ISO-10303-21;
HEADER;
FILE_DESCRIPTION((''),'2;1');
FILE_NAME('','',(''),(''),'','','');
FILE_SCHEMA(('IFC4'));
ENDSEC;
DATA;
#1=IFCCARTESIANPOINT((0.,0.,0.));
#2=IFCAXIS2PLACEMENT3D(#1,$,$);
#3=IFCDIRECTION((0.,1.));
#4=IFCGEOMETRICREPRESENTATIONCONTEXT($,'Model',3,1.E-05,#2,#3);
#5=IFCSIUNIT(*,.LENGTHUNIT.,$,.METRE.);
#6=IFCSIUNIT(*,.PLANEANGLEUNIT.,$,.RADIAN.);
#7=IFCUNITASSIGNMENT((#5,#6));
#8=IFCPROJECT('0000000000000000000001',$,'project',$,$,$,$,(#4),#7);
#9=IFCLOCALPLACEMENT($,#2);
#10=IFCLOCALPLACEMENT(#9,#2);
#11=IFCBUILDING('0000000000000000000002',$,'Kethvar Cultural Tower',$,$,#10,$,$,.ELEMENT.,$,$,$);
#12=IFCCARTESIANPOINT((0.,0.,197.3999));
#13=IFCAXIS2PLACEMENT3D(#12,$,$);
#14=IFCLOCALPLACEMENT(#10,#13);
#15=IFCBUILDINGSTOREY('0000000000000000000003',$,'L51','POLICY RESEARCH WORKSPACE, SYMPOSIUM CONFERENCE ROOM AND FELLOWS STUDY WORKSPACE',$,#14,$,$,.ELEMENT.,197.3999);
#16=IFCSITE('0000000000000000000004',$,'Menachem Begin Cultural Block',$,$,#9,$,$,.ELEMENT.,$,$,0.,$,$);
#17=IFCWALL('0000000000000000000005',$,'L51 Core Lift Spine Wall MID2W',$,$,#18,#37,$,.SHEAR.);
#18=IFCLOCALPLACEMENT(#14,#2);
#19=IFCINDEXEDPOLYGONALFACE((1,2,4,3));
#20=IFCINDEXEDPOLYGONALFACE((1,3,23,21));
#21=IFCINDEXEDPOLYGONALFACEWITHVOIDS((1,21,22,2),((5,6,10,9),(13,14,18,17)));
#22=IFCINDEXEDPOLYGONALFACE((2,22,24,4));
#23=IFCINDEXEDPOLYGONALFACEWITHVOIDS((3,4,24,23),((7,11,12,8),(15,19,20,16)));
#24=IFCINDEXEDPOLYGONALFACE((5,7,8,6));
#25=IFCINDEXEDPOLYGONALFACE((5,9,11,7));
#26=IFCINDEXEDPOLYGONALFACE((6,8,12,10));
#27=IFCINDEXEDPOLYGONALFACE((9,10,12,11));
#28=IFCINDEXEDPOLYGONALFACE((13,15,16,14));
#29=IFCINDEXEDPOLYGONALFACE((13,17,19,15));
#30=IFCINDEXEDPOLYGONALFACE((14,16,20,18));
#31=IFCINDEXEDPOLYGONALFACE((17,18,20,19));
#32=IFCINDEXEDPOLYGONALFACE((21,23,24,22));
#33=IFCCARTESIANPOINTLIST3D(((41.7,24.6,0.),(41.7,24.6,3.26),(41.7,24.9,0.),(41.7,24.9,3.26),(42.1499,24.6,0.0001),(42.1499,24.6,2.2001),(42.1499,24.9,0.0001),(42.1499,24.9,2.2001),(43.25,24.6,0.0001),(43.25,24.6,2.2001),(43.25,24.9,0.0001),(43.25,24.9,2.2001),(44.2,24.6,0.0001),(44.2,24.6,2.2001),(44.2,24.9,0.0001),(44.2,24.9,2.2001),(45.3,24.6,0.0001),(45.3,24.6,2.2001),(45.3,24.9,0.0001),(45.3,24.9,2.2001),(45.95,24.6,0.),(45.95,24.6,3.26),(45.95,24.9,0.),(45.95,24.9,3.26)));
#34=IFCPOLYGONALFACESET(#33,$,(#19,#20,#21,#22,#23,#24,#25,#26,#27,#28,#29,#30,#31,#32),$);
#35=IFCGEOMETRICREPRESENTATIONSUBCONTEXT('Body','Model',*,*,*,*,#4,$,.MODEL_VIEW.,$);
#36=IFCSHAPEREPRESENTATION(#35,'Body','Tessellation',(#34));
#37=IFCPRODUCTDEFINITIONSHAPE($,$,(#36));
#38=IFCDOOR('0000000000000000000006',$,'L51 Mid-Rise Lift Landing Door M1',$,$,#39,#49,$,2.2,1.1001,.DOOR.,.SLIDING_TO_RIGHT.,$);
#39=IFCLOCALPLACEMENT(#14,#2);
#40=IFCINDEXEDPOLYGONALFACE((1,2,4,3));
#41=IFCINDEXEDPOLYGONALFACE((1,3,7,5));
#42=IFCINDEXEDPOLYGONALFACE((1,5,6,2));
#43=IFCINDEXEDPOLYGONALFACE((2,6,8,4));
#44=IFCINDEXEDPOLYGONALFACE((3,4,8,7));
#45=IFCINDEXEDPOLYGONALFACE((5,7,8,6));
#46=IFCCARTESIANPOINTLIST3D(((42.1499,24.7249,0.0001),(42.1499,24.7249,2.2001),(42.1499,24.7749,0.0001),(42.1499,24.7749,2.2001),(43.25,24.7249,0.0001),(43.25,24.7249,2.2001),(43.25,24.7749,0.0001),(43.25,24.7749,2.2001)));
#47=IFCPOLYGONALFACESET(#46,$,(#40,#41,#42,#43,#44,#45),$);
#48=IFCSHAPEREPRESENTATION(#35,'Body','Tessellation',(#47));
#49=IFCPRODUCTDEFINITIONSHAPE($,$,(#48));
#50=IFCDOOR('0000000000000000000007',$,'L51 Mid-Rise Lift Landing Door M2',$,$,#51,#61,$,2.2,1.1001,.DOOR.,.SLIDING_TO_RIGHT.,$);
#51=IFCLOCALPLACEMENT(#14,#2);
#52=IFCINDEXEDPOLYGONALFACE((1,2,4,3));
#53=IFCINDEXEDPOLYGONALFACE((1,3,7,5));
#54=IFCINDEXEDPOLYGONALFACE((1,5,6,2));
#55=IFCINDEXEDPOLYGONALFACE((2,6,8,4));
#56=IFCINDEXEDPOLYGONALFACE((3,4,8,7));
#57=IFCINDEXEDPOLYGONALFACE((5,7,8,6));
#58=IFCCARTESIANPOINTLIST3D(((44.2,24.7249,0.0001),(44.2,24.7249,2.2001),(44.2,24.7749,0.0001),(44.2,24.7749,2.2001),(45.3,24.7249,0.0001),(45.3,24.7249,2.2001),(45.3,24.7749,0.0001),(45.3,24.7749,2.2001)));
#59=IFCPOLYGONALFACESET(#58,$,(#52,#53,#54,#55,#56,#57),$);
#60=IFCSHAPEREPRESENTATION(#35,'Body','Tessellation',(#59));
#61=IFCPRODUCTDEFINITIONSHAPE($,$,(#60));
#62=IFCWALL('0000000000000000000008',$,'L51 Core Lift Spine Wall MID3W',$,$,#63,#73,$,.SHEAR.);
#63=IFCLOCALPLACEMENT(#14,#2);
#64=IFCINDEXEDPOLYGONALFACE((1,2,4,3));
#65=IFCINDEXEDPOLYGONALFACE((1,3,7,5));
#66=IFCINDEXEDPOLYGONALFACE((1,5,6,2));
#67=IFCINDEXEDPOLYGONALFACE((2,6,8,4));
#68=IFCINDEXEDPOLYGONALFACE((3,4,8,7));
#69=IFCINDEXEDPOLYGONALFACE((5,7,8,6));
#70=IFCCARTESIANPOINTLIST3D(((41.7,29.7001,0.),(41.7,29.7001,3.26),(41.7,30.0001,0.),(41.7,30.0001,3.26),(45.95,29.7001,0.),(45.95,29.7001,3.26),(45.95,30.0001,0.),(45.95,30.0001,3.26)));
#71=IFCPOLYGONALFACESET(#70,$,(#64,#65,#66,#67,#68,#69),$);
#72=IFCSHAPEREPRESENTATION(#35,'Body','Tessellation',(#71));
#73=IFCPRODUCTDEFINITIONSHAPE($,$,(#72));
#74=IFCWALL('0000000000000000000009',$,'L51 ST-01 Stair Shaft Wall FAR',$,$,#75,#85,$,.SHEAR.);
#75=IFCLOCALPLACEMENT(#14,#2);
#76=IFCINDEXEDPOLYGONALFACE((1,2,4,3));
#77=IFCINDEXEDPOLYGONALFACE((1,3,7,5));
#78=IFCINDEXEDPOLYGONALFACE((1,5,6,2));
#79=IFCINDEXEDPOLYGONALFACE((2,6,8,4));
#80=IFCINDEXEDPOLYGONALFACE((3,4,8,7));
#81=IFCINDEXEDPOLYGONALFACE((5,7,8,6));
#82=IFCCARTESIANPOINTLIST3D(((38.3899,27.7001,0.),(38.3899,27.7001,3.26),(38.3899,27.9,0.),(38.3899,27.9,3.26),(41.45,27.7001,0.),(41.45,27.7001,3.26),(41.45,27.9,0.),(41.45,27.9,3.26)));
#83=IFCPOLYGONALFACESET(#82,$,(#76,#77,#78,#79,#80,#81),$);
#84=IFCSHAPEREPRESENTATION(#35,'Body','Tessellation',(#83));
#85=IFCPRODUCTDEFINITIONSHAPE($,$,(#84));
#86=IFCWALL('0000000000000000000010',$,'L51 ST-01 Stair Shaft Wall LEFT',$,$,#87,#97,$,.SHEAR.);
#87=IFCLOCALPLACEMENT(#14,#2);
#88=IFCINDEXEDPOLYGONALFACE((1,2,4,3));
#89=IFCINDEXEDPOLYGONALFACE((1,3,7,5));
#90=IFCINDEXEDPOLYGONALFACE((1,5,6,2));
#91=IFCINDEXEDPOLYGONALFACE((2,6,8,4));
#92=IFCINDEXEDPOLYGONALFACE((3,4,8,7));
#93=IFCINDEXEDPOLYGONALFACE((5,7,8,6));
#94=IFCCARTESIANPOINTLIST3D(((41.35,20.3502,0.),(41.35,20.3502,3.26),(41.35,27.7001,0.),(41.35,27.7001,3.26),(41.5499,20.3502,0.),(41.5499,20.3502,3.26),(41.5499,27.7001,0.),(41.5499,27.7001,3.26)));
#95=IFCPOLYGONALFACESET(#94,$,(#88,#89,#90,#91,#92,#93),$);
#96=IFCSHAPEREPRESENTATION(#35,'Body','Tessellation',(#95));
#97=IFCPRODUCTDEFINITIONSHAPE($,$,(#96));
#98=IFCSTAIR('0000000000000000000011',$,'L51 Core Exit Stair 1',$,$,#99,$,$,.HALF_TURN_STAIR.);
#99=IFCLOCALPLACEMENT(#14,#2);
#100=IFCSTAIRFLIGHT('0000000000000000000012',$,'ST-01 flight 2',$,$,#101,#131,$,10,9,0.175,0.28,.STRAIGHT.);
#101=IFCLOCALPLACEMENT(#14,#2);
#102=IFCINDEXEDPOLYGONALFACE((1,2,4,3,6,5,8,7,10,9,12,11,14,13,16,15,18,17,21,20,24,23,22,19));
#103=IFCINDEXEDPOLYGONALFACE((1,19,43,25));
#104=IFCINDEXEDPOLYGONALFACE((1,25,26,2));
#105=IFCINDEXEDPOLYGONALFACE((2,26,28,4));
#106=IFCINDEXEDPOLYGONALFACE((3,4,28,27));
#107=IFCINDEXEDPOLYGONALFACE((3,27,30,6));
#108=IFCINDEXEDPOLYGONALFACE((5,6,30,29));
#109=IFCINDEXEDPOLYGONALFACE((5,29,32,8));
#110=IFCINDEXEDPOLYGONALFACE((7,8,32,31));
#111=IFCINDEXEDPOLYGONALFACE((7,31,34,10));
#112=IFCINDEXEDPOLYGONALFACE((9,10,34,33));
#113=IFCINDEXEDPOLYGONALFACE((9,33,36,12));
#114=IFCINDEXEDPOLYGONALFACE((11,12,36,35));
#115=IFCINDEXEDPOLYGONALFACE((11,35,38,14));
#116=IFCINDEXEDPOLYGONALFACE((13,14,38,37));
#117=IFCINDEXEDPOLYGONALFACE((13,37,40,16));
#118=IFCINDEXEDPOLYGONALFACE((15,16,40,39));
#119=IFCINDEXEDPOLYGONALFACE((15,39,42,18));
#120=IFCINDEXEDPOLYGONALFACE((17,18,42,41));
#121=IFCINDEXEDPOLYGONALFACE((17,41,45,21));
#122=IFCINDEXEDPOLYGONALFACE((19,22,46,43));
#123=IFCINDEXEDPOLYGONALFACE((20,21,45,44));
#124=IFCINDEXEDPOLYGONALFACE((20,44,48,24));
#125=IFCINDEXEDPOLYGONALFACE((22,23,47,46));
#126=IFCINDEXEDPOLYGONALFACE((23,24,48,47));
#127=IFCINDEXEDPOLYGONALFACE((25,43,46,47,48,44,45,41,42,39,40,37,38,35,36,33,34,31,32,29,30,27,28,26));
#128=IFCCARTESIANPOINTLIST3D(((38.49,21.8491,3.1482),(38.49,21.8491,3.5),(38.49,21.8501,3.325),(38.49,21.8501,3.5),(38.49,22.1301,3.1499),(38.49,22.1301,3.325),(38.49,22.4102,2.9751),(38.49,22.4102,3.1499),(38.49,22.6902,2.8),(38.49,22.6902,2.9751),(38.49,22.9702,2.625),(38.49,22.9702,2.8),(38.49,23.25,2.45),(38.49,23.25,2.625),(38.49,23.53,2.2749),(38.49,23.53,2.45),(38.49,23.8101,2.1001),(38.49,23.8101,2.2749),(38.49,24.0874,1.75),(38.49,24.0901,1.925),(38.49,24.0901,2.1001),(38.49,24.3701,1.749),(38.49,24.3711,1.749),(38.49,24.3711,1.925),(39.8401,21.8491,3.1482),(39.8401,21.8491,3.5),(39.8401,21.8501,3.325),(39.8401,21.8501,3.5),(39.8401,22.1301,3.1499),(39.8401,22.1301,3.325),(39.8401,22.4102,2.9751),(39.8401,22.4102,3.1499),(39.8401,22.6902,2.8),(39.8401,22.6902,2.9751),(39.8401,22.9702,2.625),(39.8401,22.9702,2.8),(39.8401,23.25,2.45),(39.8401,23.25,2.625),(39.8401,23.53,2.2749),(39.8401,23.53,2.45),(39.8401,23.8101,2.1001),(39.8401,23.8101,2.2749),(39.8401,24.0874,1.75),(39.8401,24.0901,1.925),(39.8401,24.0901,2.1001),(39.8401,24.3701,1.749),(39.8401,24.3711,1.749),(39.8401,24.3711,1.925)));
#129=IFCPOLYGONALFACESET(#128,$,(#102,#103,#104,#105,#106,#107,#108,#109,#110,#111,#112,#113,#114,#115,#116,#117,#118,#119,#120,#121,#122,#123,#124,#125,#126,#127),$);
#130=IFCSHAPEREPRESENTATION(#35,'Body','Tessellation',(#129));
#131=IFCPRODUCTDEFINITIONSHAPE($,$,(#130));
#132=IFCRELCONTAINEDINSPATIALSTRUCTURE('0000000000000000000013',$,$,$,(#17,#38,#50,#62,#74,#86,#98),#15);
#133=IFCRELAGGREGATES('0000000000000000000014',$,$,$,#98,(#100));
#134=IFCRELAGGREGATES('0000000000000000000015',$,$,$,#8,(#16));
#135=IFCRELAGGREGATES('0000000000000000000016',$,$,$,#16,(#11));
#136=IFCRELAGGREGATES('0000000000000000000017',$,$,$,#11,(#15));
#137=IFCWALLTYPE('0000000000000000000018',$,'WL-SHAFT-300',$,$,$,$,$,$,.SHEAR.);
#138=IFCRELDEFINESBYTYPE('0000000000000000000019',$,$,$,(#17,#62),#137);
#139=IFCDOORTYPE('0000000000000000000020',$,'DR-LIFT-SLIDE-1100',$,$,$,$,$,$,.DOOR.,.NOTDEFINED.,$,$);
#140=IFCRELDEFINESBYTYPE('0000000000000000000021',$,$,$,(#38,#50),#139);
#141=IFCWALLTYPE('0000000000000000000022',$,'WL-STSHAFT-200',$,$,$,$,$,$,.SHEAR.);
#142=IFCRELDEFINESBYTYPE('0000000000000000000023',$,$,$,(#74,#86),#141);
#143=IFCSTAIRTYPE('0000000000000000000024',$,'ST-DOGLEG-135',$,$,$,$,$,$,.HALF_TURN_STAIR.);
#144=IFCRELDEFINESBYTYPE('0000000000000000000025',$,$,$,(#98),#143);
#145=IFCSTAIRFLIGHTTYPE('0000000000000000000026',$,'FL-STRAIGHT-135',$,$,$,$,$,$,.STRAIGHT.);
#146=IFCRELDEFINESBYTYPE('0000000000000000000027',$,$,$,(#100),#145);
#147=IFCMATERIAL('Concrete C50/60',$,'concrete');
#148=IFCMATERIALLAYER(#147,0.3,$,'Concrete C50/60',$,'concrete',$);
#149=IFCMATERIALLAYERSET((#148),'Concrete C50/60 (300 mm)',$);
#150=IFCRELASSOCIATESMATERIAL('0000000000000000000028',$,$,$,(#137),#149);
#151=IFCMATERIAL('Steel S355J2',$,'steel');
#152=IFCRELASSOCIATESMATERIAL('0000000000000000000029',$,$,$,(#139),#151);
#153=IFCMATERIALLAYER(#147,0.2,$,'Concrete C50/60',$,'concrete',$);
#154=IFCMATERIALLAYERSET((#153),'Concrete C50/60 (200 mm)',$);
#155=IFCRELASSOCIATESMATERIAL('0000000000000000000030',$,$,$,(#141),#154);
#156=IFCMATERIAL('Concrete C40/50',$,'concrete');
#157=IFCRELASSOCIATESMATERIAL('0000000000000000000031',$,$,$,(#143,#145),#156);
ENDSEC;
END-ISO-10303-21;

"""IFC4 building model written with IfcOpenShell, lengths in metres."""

from ifc_helpers import new_model, si_unit, direction, frame, frame_2d, origin, place, context, subcontext, project, spatial, polyline, rectangle, outline, extrude, source, transform, mapped, material, layer, layer_set, type_object, element, fill, aggregate, save


model = new_model("IFC4")

# Units and contexts
model_context = context("Model", 3, precision=1e-05, world=origin(), true_north=direction((0.0, 1.0)))
body_context = subcontext(model_context, "Body", "Model", "MODEL_VIEW")
ifc_project = project(units=[si_unit("LENGTHUNIT", "METRE"), si_unit("PLANEANGLEUNIT", "RADIAN")], contexts=[model_context])

# Site, building, storey
site_placement = place(None, origin())
site = spatial("IfcSite", under=ifc_project, at=site_placement, Name="Menachem Begin Cultural Block", CompositionType="ELEMENT", RefElevation=0.0)
building_placement = place(site_placement, origin())
building = spatial("IfcBuilding", under=site, at=building_placement, Name="Kethvar Cultural Tower", CompositionType="ELEMENT")
storey_placement = place(building_placement, frame((0.0, 0.0, 197.3999)))
storey = spatial("IfcBuildingStorey", under=building, at=storey_placement, Name="L51", Description="POLICY RESEARCH WORKSPACE, SYMPOSIUM CONFERENCE ROOM AND FELLOWS STUDY WORKSPACE", CompositionType="ELEMENT", Elevation=197.3999)

# Shared definitions
ifc_material_1 = material(Name="Steel S355J2", Category="steel")

# Shared definitions
ifc_material_2 = material(Name="Concrete C40/50", Category="concrete")

# Wall, openings, doors
ifc_material_3 = material(Name="Concrete C50/60", Category="concrete")
ifc_layer_1 = layer(ifc_material_3, 0.3, Name="Concrete C50/60", Category="concrete")
ifc_layer_set_1 = layer_set([ifc_layer_1], Name="Concrete C50/60 (300 mm)")
wall_type_1 = type_object("IfcWallType", Name="WL-SHAFT-300", PredefinedType="SHEAR", material=ifc_layer_set_1)
wall_1_placement = place(storey_placement, frame((41.7, 24.75, 0.0), z_axis=(0.0, 0.0, 1.0), x_axis=(1.0, 0.0, 0.0)))
wall_1 = element("IfcWall", 1, at=wall_1_placement, inside=storey, type_object=wall_type_1, Name="L51 Core Lift Spine Wall MID2W", PredefinedType="SHEAR", context=body_context, shape_type="SweptSolid", body=[
    extrude(rectangle(XDim=4.25, YDim=0.3, at=frame_2d((2.125, 0.0))), origin(), (0.0, 0.0, 1.0), 3.26),
])
opening_1_placement = place(wall_1_placement, frame((0.45, 0.0, 0.0)))
opening_1 = element("IfcOpeningElement", 2, at=opening_1_placement, cuts=wall_1, PredefinedType="OPENING", context=body_context, shape_type="SweptSolid", body=[
    extrude(rectangle(XDim=1.1001, YDim=2.2, at=frame_2d((0.55, 1.1001))), frame((0.0, 0.1599, 0.0), z_axis=(0.0, -1.0, 0.0), x_axis=(1.0, 0.0, 0.0)), (0.0, 0.0, 1.0), 0.3201),
])
opening_2_placement = place(wall_1_placement, frame((2.5, 0.0, 0.0)))
opening_2 = element("IfcOpeningElement", 3, at=opening_2_placement, cuts=wall_1, PredefinedType="OPENING", context=body_context, shape_type="SweptSolid", body=[
    extrude(rectangle(XDim=1.1001, YDim=2.2, at=frame_2d((0.55, 1.1001))), frame((0.0, 0.1599, 0.0), z_axis=(0.0, -1.0, 0.0), x_axis=(1.0, 0.0, 0.0)), (0.0, 0.0, 1.0), 0.3201),
])
door_type = type_object("IfcDoorType", Name="DR-LIFT-SLIDE-1100", OperationType="NOTDEFINED", PredefinedType="DOOR", material=ifc_material_1)
shared_shape_1 = source(origin(), body_context, "Body", "SweptSolid", [
    extrude(rectangle(XDim=1.1001, YDim=2.2, at=frame_2d((0.55, 1.1001))), frame((0.0, 0.0249, 0.0), z_axis=(0.0, -1.0, 0.0), x_axis=(1.0, 0.0, 0.0)), (0.0, 0.0, 1.0), 0.05),
])
door_1_placement = place(opening_1_placement, origin())
door_1 = element("IfcDoor", 4, at=door_1_placement, inside=storey, type_object=door_type, Name="L51 Mid-Rise Lift Landing Door M1", OperationType="SLIDING_TO_RIGHT", OverallHeight=2.2, OverallWidth=1.1001, PredefinedType="DOOR", context=body_context, shape_type="MappedRepresentation", body=[
    mapped(shared_shape_1, transform((0.0, 0.0, 0.0), scale=1.0)),
])
fill(opening_1, door_1)
door_2_placement = place(opening_2_placement, origin())
door_2 = element("IfcDoor", 5, at=door_2_placement, inside=storey, type_object=door_type, Name="L51 Mid-Rise Lift Landing Door M2", OperationType="SLIDING_TO_RIGHT", OverallHeight=2.2, OverallWidth=1.1001, PredefinedType="DOOR", context=body_context, shape_type="MappedRepresentation", body=[
    mapped(shared_shape_1, transform((0.0, 0.0, 0.0), scale=1.0)),
])
fill(opening_2, door_2)

# Walls
wall_2_placement = place(storey_placement, frame((41.7, 29.8501, 0.0), z_axis=(0.0, 0.0, 1.0), x_axis=(1.0, 0.0, 0.0)))
element("IfcWall", 6, at=wall_2_placement, inside=storey, type_object=wall_type_1, Name="L51 Core Lift Spine Wall MID3W", PredefinedType="SHEAR", context=body_context, shape_type="SweptSolid", body=[
    extrude(rectangle(XDim=4.25, YDim=0.3, at=frame_2d((2.125, 0.0))), origin(), (0.0, 0.0, 1.0), 3.26),
])
ifc_layer_2 = layer(ifc_material_3, 0.2, Name="Concrete C50/60", Category="concrete")
ifc_layer_set_2 = layer_set([ifc_layer_2], Name="Concrete C50/60 (200 mm)")
wall_type_2 = type_object("IfcWallType", Name="WL-STSHAFT-200", PredefinedType="SHEAR", material=ifc_layer_set_2)
wall_3_placement = place(storey_placement, frame((38.3899, 27.8, 0.0), z_axis=(0.0, 0.0, 1.0), x_axis=(1.0, 0.0, 0.0)))
element("IfcWall", 7, at=wall_3_placement, inside=storey, type_object=wall_type_2, Name="L51 ST-01 Stair Shaft Wall FAR", PredefinedType="SHEAR", context=body_context, shape_type="SweptSolid", body=[
    extrude(rectangle(XDim=3.0601, YDim=0.2, at=frame_2d((1.53, 0.0))), origin(), (0.0, 0.0, 1.0), 3.26),
])
wall_4_placement = place(storey_placement, frame((41.45, 27.7, 0.0), z_axis=(0.0, 0.0, 1.0), x_axis=(0.0, -1.0, 0.0)))
element("IfcWall", 8, at=wall_4_placement, inside=storey, type_object=wall_type_2, Name="L51 ST-01 Stair Shaft Wall LEFT", PredefinedType="SHEAR", context=body_context, shape_type="SweptSolid", body=[
    extrude(rectangle(XDim=7.3499, YDim=0.2, at=frame_2d((3.6748, 0.0))), origin(), (0.0, 0.0, 1.0), 3.26),
])

# Stair, stair flight
stair_type = type_object("IfcStairType", Name="ST-DOGLEG-135", PredefinedType="HALF_TURN_STAIR", material=ifc_material_2)
stair_placement = place(storey_placement, origin())
stair = element("IfcStair", 9, at=stair_placement, inside=storey, type_object=stair_type, Name="L51 Core Exit Stair 1", PredefinedType="HALF_TURN_STAIR")
stair_flight_type = type_object("IfcStairFlightType", Name="FL-STRAIGHT-135", PredefinedType="STRAIGHT", material=ifc_material_2)
stair_flight_placement = place(storey_placement, frame((39.165, 24.3701, 1.75), z_axis=(0.0, 0.0, 1.0), x_axis=(0.0, -1.0, 0.0)))
stair_flight = element("IfcStairFlight", 10, at=stair_flight_placement, type_object=stair_flight_type, Name="ST-01 flight 2", NumberOfRisers=10, NumberOfTreads=9, PredefinedType="STRAIGHT", RiserHeight=0.175, TreadLength=0.28, context=body_context, shape_type="SweptSolid", body=[
    extrude(outline(polyline([(-0.001, -0.001), (-0.001, 0.175), (0.28, 0.175), (0.28, 0.3501), (0.5601, 0.3501), (0.5601, 0.5249), (0.8401, 0.5249), (0.8401, 0.7), (1.1201, 0.7), (1.1201, 0.875), (1.3999, 0.875), (1.3999, 1.05), (1.6799, 1.05), (1.6799, 1.2251), (1.96, 1.2251), (1.96, 1.3999), (2.24, 1.3999), (2.24, 1.575), (2.52, 1.575), (2.52, 1.75), (2.521, 1.75), (2.521, 1.3982), (0.2827, 0.0), (0.0, -0.001), (-0.001, -0.001)])), frame((0.0, 0.675, 0.0), z_axis=(0.0, -1.0, 0.0), x_axis=(1.0, 0.0, 0.0)), (0.0, 0.0, 1.0), 1.3501),
])
aggregate(stair, [stair_flight])

save(model, "model.ifc")
